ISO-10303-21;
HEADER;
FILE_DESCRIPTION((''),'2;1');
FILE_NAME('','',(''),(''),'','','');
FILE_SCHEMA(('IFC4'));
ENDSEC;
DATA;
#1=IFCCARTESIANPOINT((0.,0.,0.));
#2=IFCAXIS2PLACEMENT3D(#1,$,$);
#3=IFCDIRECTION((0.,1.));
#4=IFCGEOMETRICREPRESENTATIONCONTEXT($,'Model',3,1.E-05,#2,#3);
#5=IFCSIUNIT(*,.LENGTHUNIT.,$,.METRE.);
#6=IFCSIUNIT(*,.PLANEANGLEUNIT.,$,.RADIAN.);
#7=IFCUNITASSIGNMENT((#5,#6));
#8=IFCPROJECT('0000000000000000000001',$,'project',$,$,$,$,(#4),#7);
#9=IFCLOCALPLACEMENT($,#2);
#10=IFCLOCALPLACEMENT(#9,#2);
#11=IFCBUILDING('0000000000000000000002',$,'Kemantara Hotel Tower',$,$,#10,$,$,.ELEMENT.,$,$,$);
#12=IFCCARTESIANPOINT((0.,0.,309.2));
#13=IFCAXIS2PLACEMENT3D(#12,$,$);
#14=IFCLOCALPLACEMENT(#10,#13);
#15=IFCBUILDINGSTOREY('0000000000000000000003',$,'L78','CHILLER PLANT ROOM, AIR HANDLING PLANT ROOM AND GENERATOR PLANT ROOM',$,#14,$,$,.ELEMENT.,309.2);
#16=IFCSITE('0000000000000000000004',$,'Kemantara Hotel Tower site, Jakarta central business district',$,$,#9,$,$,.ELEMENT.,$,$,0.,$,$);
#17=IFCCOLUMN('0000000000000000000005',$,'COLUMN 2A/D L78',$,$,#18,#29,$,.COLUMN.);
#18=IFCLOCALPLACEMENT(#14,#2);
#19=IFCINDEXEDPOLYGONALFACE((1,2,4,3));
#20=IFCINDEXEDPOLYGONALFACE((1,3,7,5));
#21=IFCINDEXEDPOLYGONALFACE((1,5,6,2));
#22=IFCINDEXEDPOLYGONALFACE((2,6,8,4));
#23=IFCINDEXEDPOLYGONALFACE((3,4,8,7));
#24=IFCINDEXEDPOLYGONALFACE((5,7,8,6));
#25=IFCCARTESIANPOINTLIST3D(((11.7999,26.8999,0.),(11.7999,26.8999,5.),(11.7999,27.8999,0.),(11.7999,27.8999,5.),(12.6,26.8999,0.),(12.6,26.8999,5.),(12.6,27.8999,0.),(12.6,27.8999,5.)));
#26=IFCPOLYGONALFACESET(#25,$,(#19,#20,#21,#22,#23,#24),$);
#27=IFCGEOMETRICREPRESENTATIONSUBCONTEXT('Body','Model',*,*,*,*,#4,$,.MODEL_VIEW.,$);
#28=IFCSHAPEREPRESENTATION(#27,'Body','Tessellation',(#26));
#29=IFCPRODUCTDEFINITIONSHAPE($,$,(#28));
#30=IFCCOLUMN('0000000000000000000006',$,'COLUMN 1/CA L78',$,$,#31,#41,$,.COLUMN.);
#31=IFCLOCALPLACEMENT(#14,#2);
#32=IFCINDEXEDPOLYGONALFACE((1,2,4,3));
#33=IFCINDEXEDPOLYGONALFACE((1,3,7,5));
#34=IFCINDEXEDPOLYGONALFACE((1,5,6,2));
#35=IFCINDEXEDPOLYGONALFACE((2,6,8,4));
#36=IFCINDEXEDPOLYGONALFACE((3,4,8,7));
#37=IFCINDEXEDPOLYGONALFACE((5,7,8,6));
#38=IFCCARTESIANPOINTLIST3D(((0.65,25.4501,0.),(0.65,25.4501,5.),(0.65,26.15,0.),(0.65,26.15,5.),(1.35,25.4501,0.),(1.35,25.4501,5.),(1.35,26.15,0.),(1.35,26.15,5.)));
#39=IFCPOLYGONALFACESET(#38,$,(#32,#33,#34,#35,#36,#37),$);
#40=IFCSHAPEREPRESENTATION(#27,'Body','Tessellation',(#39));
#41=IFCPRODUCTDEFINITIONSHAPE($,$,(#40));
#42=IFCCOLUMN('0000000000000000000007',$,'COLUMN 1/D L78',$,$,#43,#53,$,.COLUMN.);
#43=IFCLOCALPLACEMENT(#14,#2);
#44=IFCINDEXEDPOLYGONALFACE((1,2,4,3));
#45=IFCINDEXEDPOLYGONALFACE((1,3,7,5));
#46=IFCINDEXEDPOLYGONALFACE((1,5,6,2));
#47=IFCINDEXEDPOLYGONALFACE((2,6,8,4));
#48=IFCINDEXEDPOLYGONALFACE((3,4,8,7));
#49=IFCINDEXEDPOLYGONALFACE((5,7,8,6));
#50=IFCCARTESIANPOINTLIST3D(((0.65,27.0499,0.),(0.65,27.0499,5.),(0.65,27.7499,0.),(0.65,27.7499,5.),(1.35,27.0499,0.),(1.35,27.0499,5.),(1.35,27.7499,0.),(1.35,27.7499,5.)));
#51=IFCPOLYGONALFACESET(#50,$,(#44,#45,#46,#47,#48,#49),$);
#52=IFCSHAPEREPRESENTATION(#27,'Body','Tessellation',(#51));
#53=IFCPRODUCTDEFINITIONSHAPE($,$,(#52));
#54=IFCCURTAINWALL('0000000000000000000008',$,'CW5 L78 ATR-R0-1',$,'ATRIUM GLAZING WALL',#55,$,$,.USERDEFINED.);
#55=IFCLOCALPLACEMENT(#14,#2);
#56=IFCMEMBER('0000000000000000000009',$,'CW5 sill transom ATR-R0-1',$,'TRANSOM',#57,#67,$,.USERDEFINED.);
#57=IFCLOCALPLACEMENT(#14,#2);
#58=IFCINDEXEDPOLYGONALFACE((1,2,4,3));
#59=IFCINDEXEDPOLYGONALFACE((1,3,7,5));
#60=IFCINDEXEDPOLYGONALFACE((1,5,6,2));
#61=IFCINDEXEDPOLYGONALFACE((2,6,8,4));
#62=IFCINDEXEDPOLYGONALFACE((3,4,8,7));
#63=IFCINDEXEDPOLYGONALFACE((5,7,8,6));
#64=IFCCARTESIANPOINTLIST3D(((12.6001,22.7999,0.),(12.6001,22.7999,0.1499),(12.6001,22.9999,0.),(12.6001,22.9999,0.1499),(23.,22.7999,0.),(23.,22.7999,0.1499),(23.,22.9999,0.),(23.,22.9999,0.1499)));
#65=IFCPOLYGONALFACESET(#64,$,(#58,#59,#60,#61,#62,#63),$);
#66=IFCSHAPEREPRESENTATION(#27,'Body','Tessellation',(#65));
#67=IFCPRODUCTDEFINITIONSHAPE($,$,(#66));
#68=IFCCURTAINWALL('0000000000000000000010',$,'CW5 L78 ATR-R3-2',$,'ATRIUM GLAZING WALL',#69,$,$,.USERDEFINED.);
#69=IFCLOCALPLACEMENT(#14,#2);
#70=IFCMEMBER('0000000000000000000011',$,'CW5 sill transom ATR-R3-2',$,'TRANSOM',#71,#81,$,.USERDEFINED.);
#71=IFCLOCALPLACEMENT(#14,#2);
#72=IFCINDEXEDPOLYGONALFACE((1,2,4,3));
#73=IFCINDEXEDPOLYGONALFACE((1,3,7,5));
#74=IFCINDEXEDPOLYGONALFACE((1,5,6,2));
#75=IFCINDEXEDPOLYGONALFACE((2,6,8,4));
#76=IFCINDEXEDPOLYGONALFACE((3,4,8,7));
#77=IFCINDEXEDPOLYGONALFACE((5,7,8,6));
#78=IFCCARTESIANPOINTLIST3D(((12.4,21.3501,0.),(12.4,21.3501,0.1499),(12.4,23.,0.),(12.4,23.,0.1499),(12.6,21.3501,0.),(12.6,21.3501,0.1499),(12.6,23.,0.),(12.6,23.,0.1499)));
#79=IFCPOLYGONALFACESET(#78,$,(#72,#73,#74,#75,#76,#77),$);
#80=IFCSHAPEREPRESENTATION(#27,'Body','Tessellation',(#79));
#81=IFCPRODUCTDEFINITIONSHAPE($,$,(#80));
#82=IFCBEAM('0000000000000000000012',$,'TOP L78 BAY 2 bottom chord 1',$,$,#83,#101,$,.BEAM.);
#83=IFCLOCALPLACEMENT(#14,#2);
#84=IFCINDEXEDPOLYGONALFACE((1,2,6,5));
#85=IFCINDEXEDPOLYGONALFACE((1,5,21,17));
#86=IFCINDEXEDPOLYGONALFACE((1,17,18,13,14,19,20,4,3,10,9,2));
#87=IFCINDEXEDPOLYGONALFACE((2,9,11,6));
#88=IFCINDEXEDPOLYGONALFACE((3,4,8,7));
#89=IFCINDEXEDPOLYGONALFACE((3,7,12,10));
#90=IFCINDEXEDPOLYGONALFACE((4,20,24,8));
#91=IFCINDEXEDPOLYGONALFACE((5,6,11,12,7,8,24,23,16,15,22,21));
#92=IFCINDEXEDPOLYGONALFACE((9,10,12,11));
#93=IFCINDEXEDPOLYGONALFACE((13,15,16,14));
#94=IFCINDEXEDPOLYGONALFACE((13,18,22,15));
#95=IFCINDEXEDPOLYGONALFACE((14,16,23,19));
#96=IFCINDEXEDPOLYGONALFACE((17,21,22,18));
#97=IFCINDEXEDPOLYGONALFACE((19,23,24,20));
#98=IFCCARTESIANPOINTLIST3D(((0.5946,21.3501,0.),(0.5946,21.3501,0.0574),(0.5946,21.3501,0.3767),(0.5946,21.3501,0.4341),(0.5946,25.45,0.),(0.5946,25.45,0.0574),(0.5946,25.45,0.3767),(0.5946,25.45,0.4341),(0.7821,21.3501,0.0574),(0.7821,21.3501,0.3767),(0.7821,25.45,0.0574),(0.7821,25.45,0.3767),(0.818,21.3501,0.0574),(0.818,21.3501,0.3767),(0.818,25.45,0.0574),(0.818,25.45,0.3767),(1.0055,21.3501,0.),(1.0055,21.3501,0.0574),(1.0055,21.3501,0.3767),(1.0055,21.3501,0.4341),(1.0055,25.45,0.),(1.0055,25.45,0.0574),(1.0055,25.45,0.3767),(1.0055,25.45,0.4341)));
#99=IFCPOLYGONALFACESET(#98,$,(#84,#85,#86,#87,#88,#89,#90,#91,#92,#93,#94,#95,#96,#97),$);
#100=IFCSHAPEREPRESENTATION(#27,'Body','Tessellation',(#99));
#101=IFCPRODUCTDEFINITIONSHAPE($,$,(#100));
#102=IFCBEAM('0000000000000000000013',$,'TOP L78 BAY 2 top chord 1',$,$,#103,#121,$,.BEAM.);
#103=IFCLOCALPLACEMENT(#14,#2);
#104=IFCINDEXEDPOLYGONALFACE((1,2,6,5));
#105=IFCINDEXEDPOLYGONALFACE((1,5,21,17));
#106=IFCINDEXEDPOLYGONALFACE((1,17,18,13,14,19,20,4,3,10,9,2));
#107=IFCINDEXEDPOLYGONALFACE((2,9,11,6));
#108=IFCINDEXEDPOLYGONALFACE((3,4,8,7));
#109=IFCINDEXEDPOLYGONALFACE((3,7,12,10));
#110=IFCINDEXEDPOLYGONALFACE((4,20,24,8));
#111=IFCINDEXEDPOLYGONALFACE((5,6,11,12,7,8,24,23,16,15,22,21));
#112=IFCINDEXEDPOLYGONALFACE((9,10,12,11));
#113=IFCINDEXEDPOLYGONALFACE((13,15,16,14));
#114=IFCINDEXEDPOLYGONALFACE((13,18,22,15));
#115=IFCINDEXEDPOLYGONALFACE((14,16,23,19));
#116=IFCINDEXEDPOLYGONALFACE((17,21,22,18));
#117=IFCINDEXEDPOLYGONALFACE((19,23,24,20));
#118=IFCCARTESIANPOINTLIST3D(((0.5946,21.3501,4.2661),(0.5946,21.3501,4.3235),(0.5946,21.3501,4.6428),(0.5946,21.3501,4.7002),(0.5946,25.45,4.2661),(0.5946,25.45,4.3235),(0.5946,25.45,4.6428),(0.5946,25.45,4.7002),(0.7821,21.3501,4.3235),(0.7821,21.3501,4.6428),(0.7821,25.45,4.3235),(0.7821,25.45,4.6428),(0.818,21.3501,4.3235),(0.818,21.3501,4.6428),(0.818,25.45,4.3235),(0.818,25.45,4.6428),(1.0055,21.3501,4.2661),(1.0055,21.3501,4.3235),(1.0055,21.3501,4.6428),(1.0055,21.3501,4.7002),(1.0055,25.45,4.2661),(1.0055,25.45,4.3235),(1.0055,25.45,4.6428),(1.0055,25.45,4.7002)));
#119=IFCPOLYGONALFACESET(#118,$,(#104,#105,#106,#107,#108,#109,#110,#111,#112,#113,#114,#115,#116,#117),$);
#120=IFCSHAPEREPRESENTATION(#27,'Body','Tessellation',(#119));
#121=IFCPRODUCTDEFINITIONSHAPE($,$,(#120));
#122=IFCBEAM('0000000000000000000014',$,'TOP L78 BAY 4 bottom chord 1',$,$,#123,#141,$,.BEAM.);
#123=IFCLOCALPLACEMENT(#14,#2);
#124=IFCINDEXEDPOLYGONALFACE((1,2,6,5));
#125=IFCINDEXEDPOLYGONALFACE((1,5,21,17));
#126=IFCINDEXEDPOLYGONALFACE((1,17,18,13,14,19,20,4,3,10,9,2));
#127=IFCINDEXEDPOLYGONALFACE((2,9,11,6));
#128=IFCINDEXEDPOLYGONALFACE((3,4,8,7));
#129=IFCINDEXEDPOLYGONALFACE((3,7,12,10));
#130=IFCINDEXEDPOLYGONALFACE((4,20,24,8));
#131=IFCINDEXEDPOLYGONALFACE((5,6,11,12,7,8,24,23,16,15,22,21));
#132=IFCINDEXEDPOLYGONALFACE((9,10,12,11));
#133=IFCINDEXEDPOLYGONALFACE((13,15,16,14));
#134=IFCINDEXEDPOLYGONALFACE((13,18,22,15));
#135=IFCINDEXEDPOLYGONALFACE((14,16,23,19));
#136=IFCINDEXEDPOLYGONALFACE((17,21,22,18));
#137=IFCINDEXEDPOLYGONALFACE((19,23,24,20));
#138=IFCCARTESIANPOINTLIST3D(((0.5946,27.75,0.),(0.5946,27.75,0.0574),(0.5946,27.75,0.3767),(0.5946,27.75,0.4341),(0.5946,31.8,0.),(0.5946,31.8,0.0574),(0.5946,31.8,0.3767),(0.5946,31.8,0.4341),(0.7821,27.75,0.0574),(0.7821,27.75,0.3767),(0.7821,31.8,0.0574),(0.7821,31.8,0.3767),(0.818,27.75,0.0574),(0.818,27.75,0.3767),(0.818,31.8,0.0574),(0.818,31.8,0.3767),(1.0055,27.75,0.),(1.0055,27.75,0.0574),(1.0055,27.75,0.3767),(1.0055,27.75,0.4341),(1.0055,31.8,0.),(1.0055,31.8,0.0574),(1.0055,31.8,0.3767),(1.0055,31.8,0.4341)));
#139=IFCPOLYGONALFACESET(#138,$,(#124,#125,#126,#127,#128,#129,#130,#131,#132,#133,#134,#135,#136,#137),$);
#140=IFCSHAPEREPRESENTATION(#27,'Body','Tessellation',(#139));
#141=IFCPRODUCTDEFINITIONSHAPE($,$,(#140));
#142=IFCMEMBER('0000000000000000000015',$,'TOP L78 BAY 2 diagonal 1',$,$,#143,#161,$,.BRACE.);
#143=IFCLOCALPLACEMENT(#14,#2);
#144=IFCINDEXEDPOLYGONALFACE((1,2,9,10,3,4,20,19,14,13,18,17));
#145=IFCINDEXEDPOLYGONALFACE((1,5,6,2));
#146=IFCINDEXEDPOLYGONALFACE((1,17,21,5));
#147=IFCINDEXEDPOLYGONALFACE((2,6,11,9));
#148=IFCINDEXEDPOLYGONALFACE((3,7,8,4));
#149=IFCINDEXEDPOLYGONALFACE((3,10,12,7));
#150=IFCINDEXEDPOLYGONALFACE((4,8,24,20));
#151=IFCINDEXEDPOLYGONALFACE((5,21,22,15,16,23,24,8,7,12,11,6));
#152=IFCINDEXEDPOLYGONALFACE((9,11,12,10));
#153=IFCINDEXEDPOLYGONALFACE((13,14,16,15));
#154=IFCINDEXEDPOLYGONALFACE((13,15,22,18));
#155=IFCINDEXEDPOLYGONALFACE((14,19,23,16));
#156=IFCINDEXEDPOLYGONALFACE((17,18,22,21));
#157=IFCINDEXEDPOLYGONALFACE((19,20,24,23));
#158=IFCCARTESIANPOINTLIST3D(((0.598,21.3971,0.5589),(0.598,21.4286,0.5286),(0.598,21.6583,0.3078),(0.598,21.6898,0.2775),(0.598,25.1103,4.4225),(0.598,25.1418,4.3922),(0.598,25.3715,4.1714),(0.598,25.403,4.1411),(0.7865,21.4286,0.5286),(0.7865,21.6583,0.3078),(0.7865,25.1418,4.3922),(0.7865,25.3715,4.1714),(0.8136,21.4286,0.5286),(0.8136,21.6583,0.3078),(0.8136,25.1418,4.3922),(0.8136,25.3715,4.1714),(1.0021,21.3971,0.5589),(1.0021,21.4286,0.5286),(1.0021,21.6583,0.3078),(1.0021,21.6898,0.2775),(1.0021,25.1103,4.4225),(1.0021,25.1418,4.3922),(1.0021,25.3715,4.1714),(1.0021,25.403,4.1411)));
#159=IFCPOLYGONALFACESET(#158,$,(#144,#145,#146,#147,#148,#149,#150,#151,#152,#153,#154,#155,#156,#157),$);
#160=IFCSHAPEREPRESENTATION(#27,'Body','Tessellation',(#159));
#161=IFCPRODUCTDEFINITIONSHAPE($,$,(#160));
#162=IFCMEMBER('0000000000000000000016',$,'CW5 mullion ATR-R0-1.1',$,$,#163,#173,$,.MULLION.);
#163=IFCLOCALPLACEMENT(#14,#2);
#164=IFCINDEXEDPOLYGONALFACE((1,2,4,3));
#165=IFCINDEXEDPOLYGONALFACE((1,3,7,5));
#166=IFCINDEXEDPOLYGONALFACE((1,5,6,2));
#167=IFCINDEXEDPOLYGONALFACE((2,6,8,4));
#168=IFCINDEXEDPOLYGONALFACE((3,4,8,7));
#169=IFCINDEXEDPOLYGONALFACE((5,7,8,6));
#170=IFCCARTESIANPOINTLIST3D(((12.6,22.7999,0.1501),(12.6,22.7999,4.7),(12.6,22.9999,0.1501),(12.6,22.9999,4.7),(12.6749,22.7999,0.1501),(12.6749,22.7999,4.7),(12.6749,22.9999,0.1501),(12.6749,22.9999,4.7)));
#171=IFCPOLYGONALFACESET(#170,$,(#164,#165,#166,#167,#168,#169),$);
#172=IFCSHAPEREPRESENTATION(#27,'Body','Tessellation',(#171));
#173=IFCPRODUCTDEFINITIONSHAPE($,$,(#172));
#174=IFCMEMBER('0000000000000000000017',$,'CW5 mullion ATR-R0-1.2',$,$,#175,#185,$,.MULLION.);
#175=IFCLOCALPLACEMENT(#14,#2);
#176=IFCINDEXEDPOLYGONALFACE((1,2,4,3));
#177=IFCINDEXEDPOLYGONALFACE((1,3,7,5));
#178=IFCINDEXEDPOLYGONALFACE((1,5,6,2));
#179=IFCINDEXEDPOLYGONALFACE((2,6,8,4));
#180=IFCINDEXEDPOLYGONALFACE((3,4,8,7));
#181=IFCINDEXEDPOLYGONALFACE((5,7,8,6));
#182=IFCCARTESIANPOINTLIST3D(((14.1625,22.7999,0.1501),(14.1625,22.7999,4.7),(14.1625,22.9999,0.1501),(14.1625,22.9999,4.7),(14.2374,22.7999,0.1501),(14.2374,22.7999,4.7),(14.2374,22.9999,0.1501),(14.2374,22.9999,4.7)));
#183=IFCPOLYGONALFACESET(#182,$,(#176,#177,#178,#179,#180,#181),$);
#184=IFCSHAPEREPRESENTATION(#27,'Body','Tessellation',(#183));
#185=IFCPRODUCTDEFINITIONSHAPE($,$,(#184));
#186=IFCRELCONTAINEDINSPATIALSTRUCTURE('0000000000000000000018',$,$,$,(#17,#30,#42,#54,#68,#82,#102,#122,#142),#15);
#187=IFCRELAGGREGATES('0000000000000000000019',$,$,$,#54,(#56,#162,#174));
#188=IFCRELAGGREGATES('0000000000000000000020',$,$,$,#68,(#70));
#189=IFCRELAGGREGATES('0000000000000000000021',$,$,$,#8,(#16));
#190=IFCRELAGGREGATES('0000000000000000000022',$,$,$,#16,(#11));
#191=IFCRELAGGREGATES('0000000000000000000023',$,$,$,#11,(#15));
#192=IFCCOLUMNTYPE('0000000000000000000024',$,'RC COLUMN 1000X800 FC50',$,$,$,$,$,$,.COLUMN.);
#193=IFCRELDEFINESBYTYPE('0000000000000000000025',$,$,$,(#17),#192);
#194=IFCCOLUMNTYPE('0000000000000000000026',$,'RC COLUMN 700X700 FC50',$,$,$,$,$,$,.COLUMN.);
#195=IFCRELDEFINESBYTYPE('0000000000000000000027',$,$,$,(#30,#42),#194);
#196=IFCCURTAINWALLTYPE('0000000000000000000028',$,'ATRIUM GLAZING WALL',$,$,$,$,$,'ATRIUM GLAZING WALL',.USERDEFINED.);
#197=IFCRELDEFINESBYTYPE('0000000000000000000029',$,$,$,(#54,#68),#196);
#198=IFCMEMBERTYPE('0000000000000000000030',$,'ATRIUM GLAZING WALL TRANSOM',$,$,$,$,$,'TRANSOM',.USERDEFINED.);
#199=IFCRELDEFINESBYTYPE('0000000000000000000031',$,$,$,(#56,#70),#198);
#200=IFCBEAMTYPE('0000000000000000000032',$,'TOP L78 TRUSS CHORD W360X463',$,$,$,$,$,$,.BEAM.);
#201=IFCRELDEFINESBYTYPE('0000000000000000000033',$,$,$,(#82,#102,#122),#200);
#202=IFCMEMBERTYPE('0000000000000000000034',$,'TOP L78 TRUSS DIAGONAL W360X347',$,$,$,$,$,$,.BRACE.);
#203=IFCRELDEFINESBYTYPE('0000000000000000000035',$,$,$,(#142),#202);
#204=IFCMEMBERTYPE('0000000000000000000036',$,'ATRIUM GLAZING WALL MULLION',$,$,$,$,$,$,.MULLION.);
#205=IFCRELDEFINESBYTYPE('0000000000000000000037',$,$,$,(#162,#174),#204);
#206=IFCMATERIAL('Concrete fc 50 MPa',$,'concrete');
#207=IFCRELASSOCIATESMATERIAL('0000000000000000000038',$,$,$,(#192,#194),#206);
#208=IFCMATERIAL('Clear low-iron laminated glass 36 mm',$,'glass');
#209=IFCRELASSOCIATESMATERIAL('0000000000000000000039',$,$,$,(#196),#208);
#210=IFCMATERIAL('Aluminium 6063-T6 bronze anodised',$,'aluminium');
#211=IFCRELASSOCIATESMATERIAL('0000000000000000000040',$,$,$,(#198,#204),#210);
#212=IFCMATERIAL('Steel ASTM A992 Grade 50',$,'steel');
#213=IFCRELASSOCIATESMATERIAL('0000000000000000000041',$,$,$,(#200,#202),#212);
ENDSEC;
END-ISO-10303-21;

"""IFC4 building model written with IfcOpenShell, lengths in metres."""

from ifc_helpers import new_model, si_unit, direction, frame, origin, origin_2d, place, context, subcontext, project, spatial, rectangle, i_section, extrude, source, transform, mapped, material, material_profile, profile_set, type_object, element, aggregate, save


model = new_model("IFC4")

# Units and contexts
model_context = context("Model", 3, precision=1e-05, world=origin(), true_north=direction((0.0, 1.0)))
body_context = subcontext(model_context, "Body", "Model", "MODEL_VIEW")
ifc_project = project(units=[si_unit("LENGTHUNIT", "METRE"), si_unit("PLANEANGLEUNIT", "RADIAN")], contexts=[model_context])

# Site, building, storey
site_placement = place(None, origin())
site = spatial("IfcSite", under=ifc_project, at=site_placement, Name="Kemantara Hotel Tower site, Jakarta central business district", CompositionType="ELEMENT", RefElevation=0.0)
building_placement = place(site_placement, origin())
building = spatial("IfcBuilding", under=site, at=building_placement, Name="Kemantara Hotel Tower", CompositionType="ELEMENT")
storey_placement = place(building_placement, frame((0.0, 0.0, 309.2)))
storey = spatial("IfcBuildingStorey", under=building, at=storey_placement, Name="L78", Description="CHILLER PLANT ROOM, AIR HANDLING PLANT ROOM AND GENERATOR PLANT ROOM", CompositionType="ELEMENT", Elevation=309.2)

# Columns
ifc_material_1 = material(Name="Concrete fc 50 MPa", Category="concrete")
ifc_material_profile_1 = material_profile(ifc_material_1, rectangle(XDim=1.0, YDim=0.8, at=origin_2d()), Name="RC 1000X800")
ifc_profile_set_1 = profile_set([ifc_material_profile_1], Name="Concrete fc 50 MPa")
column_type_1 = type_object("IfcColumnType", Name="RC COLUMN 1000X800 FC50", PredefinedType="COLUMN", material=ifc_profile_set_1)
column_placement = place(storey_placement, frame((12.2, 27.3999, 0.0), z_axis=(0.0, 0.0, 1.0), x_axis=(0.0, 1.0, 0.0)))
element("IfcColumn", 1, at=column_placement, inside=storey, type_object=column_type_1, Name="COLUMN 2A/D L78", PredefinedType="COLUMN", context=body_context, shape_type="SweptSolid", body=[
    extrude(rectangle(XDim=1.0, YDim=0.8, at=origin_2d()), origin(), (0.0, 0.0, 1.0), 5.0),
])
ifc_material_profile_2 = material_profile(ifc_material_1, rectangle(XDim=0.7, YDim=0.7, at=origin_2d()), Name="RC 700X700")
ifc_profile_set_2 = profile_set([ifc_material_profile_2], Name="Concrete fc 50 MPa")
column_type_2 = type_object("IfcColumnType", Name="RC COLUMN 700X700 FC50", PredefinedType="COLUMN", material=ifc_profile_set_2)
for number, where, z_axis, x_axis, name in (
    (2, (1.0, 25.8, 0.0), (0.0, 0.0, 1.0), (1.0, 0.0, 0.0), "COLUMN 1/CA L78"),
    (3, (1.0, 27.3999, 0.0), (0.0, 0.0, 1.0), (1.0, 0.0, 0.0), "COLUMN 1/D L78"),
):
    element("IfcColumn", number, at=place(storey_placement, frame(where, z_axis=z_axis, x_axis=x_axis)), inside=storey, type_object=column_type_2, Name=name, PredefinedType="COLUMN", context=body_context, shape_type="SweptSolid", body=[
        extrude(rectangle(XDim=0.7, YDim=0.7, at=origin_2d()), origin(), (0.0, 0.0, 1.0), 5.0),
    ])

# Curtain walls, members
ifc_material_2 = material(Name="Clear low-iron laminated glass 36 mm", Category="glass")
curtain_wall_type = type_object("IfcCurtainWallType", Name="ATRIUM GLAZING WALL", ElementType="ATRIUM GLAZING WALL", PredefinedType="USERDEFINED", material=ifc_material_2)
curtain_wall_1_placement = place(storey_placement, origin())
curtain_wall_1 = element("IfcCurtainWall", 4, at=curtain_wall_1_placement, inside=storey, type_object=curtain_wall_type, Name="CW5 L78 ATR-R0-1", ObjectType="ATRIUM GLAZING WALL", PredefinedType="USERDEFINED")
ifc_material_3 = material(Name="Aluminium 6063-T6 bronze anodised", Category="aluminium")
ifc_material_profile_3 = material_profile(ifc_material_3, rectangle(XDim=0.2, YDim=0.1499, at=origin_2d()), Name="ATRIUM GLAZING WALL TRANSOM")
ifc_profile_set_3 = profile_set([ifc_material_profile_3], Name="Aluminium 6063-T6 bronze anodised")
member_type_1 = type_object("IfcMemberType", Name="ATRIUM GLAZING WALL TRANSOM", ElementType="TRANSOM", PredefinedType="USERDEFINED", material=ifc_profile_set_3)
member_1_placement = place(storey_placement, frame((12.6001, 22.8999, 0.075), z_axis=(1.0, 0.0, 0.0), x_axis=(0.0, 1.0, 0.0)))
member_1 = element("IfcMember", 5, at=member_1_placement, type_object=member_type_1, Name="CW5 sill transom ATR-R0-1", ObjectType="TRANSOM", PredefinedType="USERDEFINED", context=body_context, shape_type="SweptSolid", body=[
    extrude(rectangle(XDim=0.2, YDim=0.1499, at=origin_2d()), origin(), (0.0, 0.0, 1.0), 10.3999),
])
curtain_wall_2_placement = place(storey_placement, origin())
curtain_wall_2 = element("IfcCurtainWall", 6, at=curtain_wall_2_placement, inside=storey, type_object=curtain_wall_type, Name="CW5 L78 ATR-R3-2", ObjectType="ATRIUM GLAZING WALL", PredefinedType="USERDEFINED")
member_2_placement = place(storey_placement, frame((12.5, 21.3501, 0.075), z_axis=(0.0, 1.0, 0.0), x_axis=(-1.0, 0.0, 0.0)))
member_2 = element("IfcMember", 7, at=member_2_placement, type_object=member_type_1, Name="CW5 sill transom ATR-R3-2", ObjectType="TRANSOM", PredefinedType="USERDEFINED", context=body_context, shape_type="SweptSolid", body=[
    extrude(rectangle(XDim=0.2, YDim=0.1499, at=origin_2d()), origin(), (0.0, 0.0, 1.0), 1.6499),
])

# Beams
ifc_material_4 = material(Name="Steel ASTM A992 Grade 50", Category="steel")
ifc_material_profile_4 = material_profile(ifc_material_4, i_section(OverallWidth=0.4109, OverallDepth=0.4341, WebThickness=0.0359, FlangeThickness=0.0574, at=origin_2d()), Name="W360X463")
ifc_profile_set_4 = profile_set([ifc_material_profile_4], Name="Steel ASTM A992 Grade 50")
beam_type = type_object("IfcBeamType", Name="TOP L78 TRUSS CHORD W360X463", PredefinedType="BEAM", material=ifc_profile_set_4)
for number, where, z_axis, x_axis, name in (
    (8, (0.8, 21.3501, 0.217), (0.0, 1.0, 0.0), (-1.0, 0.0, 0.0), "TOP L78 BAY 2 bottom chord 1"),
    (9, (0.8, 21.3501, 4.4832), (0.0, 1.0, 0.0), (-1.0, 0.0, 0.0), "TOP L78 BAY 2 top chord 1"),
):
    element("IfcBeam", number, at=place(storey_placement, frame(where, z_axis=z_axis, x_axis=x_axis)), inside=storey, type_object=beam_type, Name=name, PredefinedType="BEAM", context=body_context, shape_type="SweptSolid", body=[
        extrude(i_section(OverallWidth=0.4109, OverallDepth=0.4341, WebThickness=0.0359, FlangeThickness=0.0574, at=origin_2d()), origin(), (0.0, 0.0, 1.0), 4.0999),
    ])
beam_placement = place(storey_placement, frame((0.8, 27.75, 0.217), z_axis=(0.0, 1.0, 0.0), x_axis=(-1.0, 0.0, 0.0)))
element("IfcBeam", 10, at=beam_placement, inside=storey, type_object=beam_type, Name="TOP L78 BAY 4 bottom chord 1", PredefinedType="BEAM", context=body_context, shape_type="SweptSolid", body=[
    extrude(i_section(OverallWidth=0.4109, OverallDepth=0.4341, WebThickness=0.0359, FlangeThickness=0.0574, at=origin_2d()), origin(), (0.0, 0.0, 1.0), 4.05),
])

# Members
ifc_material_profile_5 = material_profile(ifc_material_4, i_section(OverallWidth=0.4041, OverallDepth=0.406, WebThickness=0.0271, FlangeThickness=0.0437, at=origin_2d()), Name="W360X347")
ifc_profile_set_5 = profile_set([ifc_material_profile_5], Name="Steel ASTM A992 Grade 50")
member_type_2 = type_object("IfcMemberType", Name="TOP L78 TRUSS DIAGONAL W360X347", PredefinedType="BRACE", material=ifc_profile_set_5)
member_3_placement = place(storey_placement, frame((0.8, 21.5435, 0.4182), z_axis=(0.0, 0.692935, 0.721), x_axis=(-1.0, 0.0, 0.0)))
element("IfcMember", 11, at=member_3_placement, inside=storey, type_object=member_type_2, Name="TOP L78 BAY 2 diagonal 1", PredefinedType="BRACE", context=body_context, shape_type="SweptSolid", body=[
    extrude(i_section(OverallWidth=0.4041, OverallDepth=0.406, WebThickness=0.0271, FlangeThickness=0.0437, at=origin_2d()), origin(), (0.0, 0.0, 1.0), 5.3586),
])
ifc_material_profile_6 = material_profile(ifc_material_3, rectangle(XDim=0.2, YDim=0.075, at=origin_2d()), Name="ATRIUM GLAZING WALL MULLION")
ifc_profile_set_6 = profile_set([ifc_material_profile_6], Name="Aluminium 6063-T6 bronze anodised")
member_type_3 = type_object("IfcMemberType", Name="ATRIUM GLAZING WALL MULLION", PredefinedType="MULLION", material=ifc_profile_set_6)
shared_shape_1 = source(origin(), body_context, "Body", "SweptSolid", [
    extrude(rectangle(XDim=0.2, YDim=0.075, at=origin_2d()), origin(), (0.0, 0.0, 1.0), 4.5498),
])
member_4_placement = place(storey_placement, frame((12.6375, 22.8999, 0.1501), z_axis=(0.0, 0.0, 1.0), x_axis=(0.0, 1.0, 0.0)))
member_4 = element("IfcMember", 12, at=member_4_placement, type_object=member_type_3, Name="CW5 mullion ATR-R0-1.1", PredefinedType="MULLION", context=body_context, shape_type="MappedRepresentation", body=[
    mapped(shared_shape_1, transform((0.0, 0.0, 0.0))),
])
member_5_placement = place(storey_placement, frame((14.2, 22.8999, 0.1501), z_axis=(0.0, 0.0, 1.0), x_axis=(0.0, 1.0, 0.0)))
member_5 = element("IfcMember", 13, at=member_5_placement, type_object=member_type_3, Name="CW5 mullion ATR-R0-1.2", PredefinedType="MULLION", context=body_context, shape_type="MappedRepresentation", body=[
    mapped(shared_shape_1, transform((0.0, 0.0, 0.0))),
])

aggregate(curtain_wall_1, [member_1, member_4, member_5])
aggregate(curtain_wall_2, [member_2])

save(model, "model.ifc")
